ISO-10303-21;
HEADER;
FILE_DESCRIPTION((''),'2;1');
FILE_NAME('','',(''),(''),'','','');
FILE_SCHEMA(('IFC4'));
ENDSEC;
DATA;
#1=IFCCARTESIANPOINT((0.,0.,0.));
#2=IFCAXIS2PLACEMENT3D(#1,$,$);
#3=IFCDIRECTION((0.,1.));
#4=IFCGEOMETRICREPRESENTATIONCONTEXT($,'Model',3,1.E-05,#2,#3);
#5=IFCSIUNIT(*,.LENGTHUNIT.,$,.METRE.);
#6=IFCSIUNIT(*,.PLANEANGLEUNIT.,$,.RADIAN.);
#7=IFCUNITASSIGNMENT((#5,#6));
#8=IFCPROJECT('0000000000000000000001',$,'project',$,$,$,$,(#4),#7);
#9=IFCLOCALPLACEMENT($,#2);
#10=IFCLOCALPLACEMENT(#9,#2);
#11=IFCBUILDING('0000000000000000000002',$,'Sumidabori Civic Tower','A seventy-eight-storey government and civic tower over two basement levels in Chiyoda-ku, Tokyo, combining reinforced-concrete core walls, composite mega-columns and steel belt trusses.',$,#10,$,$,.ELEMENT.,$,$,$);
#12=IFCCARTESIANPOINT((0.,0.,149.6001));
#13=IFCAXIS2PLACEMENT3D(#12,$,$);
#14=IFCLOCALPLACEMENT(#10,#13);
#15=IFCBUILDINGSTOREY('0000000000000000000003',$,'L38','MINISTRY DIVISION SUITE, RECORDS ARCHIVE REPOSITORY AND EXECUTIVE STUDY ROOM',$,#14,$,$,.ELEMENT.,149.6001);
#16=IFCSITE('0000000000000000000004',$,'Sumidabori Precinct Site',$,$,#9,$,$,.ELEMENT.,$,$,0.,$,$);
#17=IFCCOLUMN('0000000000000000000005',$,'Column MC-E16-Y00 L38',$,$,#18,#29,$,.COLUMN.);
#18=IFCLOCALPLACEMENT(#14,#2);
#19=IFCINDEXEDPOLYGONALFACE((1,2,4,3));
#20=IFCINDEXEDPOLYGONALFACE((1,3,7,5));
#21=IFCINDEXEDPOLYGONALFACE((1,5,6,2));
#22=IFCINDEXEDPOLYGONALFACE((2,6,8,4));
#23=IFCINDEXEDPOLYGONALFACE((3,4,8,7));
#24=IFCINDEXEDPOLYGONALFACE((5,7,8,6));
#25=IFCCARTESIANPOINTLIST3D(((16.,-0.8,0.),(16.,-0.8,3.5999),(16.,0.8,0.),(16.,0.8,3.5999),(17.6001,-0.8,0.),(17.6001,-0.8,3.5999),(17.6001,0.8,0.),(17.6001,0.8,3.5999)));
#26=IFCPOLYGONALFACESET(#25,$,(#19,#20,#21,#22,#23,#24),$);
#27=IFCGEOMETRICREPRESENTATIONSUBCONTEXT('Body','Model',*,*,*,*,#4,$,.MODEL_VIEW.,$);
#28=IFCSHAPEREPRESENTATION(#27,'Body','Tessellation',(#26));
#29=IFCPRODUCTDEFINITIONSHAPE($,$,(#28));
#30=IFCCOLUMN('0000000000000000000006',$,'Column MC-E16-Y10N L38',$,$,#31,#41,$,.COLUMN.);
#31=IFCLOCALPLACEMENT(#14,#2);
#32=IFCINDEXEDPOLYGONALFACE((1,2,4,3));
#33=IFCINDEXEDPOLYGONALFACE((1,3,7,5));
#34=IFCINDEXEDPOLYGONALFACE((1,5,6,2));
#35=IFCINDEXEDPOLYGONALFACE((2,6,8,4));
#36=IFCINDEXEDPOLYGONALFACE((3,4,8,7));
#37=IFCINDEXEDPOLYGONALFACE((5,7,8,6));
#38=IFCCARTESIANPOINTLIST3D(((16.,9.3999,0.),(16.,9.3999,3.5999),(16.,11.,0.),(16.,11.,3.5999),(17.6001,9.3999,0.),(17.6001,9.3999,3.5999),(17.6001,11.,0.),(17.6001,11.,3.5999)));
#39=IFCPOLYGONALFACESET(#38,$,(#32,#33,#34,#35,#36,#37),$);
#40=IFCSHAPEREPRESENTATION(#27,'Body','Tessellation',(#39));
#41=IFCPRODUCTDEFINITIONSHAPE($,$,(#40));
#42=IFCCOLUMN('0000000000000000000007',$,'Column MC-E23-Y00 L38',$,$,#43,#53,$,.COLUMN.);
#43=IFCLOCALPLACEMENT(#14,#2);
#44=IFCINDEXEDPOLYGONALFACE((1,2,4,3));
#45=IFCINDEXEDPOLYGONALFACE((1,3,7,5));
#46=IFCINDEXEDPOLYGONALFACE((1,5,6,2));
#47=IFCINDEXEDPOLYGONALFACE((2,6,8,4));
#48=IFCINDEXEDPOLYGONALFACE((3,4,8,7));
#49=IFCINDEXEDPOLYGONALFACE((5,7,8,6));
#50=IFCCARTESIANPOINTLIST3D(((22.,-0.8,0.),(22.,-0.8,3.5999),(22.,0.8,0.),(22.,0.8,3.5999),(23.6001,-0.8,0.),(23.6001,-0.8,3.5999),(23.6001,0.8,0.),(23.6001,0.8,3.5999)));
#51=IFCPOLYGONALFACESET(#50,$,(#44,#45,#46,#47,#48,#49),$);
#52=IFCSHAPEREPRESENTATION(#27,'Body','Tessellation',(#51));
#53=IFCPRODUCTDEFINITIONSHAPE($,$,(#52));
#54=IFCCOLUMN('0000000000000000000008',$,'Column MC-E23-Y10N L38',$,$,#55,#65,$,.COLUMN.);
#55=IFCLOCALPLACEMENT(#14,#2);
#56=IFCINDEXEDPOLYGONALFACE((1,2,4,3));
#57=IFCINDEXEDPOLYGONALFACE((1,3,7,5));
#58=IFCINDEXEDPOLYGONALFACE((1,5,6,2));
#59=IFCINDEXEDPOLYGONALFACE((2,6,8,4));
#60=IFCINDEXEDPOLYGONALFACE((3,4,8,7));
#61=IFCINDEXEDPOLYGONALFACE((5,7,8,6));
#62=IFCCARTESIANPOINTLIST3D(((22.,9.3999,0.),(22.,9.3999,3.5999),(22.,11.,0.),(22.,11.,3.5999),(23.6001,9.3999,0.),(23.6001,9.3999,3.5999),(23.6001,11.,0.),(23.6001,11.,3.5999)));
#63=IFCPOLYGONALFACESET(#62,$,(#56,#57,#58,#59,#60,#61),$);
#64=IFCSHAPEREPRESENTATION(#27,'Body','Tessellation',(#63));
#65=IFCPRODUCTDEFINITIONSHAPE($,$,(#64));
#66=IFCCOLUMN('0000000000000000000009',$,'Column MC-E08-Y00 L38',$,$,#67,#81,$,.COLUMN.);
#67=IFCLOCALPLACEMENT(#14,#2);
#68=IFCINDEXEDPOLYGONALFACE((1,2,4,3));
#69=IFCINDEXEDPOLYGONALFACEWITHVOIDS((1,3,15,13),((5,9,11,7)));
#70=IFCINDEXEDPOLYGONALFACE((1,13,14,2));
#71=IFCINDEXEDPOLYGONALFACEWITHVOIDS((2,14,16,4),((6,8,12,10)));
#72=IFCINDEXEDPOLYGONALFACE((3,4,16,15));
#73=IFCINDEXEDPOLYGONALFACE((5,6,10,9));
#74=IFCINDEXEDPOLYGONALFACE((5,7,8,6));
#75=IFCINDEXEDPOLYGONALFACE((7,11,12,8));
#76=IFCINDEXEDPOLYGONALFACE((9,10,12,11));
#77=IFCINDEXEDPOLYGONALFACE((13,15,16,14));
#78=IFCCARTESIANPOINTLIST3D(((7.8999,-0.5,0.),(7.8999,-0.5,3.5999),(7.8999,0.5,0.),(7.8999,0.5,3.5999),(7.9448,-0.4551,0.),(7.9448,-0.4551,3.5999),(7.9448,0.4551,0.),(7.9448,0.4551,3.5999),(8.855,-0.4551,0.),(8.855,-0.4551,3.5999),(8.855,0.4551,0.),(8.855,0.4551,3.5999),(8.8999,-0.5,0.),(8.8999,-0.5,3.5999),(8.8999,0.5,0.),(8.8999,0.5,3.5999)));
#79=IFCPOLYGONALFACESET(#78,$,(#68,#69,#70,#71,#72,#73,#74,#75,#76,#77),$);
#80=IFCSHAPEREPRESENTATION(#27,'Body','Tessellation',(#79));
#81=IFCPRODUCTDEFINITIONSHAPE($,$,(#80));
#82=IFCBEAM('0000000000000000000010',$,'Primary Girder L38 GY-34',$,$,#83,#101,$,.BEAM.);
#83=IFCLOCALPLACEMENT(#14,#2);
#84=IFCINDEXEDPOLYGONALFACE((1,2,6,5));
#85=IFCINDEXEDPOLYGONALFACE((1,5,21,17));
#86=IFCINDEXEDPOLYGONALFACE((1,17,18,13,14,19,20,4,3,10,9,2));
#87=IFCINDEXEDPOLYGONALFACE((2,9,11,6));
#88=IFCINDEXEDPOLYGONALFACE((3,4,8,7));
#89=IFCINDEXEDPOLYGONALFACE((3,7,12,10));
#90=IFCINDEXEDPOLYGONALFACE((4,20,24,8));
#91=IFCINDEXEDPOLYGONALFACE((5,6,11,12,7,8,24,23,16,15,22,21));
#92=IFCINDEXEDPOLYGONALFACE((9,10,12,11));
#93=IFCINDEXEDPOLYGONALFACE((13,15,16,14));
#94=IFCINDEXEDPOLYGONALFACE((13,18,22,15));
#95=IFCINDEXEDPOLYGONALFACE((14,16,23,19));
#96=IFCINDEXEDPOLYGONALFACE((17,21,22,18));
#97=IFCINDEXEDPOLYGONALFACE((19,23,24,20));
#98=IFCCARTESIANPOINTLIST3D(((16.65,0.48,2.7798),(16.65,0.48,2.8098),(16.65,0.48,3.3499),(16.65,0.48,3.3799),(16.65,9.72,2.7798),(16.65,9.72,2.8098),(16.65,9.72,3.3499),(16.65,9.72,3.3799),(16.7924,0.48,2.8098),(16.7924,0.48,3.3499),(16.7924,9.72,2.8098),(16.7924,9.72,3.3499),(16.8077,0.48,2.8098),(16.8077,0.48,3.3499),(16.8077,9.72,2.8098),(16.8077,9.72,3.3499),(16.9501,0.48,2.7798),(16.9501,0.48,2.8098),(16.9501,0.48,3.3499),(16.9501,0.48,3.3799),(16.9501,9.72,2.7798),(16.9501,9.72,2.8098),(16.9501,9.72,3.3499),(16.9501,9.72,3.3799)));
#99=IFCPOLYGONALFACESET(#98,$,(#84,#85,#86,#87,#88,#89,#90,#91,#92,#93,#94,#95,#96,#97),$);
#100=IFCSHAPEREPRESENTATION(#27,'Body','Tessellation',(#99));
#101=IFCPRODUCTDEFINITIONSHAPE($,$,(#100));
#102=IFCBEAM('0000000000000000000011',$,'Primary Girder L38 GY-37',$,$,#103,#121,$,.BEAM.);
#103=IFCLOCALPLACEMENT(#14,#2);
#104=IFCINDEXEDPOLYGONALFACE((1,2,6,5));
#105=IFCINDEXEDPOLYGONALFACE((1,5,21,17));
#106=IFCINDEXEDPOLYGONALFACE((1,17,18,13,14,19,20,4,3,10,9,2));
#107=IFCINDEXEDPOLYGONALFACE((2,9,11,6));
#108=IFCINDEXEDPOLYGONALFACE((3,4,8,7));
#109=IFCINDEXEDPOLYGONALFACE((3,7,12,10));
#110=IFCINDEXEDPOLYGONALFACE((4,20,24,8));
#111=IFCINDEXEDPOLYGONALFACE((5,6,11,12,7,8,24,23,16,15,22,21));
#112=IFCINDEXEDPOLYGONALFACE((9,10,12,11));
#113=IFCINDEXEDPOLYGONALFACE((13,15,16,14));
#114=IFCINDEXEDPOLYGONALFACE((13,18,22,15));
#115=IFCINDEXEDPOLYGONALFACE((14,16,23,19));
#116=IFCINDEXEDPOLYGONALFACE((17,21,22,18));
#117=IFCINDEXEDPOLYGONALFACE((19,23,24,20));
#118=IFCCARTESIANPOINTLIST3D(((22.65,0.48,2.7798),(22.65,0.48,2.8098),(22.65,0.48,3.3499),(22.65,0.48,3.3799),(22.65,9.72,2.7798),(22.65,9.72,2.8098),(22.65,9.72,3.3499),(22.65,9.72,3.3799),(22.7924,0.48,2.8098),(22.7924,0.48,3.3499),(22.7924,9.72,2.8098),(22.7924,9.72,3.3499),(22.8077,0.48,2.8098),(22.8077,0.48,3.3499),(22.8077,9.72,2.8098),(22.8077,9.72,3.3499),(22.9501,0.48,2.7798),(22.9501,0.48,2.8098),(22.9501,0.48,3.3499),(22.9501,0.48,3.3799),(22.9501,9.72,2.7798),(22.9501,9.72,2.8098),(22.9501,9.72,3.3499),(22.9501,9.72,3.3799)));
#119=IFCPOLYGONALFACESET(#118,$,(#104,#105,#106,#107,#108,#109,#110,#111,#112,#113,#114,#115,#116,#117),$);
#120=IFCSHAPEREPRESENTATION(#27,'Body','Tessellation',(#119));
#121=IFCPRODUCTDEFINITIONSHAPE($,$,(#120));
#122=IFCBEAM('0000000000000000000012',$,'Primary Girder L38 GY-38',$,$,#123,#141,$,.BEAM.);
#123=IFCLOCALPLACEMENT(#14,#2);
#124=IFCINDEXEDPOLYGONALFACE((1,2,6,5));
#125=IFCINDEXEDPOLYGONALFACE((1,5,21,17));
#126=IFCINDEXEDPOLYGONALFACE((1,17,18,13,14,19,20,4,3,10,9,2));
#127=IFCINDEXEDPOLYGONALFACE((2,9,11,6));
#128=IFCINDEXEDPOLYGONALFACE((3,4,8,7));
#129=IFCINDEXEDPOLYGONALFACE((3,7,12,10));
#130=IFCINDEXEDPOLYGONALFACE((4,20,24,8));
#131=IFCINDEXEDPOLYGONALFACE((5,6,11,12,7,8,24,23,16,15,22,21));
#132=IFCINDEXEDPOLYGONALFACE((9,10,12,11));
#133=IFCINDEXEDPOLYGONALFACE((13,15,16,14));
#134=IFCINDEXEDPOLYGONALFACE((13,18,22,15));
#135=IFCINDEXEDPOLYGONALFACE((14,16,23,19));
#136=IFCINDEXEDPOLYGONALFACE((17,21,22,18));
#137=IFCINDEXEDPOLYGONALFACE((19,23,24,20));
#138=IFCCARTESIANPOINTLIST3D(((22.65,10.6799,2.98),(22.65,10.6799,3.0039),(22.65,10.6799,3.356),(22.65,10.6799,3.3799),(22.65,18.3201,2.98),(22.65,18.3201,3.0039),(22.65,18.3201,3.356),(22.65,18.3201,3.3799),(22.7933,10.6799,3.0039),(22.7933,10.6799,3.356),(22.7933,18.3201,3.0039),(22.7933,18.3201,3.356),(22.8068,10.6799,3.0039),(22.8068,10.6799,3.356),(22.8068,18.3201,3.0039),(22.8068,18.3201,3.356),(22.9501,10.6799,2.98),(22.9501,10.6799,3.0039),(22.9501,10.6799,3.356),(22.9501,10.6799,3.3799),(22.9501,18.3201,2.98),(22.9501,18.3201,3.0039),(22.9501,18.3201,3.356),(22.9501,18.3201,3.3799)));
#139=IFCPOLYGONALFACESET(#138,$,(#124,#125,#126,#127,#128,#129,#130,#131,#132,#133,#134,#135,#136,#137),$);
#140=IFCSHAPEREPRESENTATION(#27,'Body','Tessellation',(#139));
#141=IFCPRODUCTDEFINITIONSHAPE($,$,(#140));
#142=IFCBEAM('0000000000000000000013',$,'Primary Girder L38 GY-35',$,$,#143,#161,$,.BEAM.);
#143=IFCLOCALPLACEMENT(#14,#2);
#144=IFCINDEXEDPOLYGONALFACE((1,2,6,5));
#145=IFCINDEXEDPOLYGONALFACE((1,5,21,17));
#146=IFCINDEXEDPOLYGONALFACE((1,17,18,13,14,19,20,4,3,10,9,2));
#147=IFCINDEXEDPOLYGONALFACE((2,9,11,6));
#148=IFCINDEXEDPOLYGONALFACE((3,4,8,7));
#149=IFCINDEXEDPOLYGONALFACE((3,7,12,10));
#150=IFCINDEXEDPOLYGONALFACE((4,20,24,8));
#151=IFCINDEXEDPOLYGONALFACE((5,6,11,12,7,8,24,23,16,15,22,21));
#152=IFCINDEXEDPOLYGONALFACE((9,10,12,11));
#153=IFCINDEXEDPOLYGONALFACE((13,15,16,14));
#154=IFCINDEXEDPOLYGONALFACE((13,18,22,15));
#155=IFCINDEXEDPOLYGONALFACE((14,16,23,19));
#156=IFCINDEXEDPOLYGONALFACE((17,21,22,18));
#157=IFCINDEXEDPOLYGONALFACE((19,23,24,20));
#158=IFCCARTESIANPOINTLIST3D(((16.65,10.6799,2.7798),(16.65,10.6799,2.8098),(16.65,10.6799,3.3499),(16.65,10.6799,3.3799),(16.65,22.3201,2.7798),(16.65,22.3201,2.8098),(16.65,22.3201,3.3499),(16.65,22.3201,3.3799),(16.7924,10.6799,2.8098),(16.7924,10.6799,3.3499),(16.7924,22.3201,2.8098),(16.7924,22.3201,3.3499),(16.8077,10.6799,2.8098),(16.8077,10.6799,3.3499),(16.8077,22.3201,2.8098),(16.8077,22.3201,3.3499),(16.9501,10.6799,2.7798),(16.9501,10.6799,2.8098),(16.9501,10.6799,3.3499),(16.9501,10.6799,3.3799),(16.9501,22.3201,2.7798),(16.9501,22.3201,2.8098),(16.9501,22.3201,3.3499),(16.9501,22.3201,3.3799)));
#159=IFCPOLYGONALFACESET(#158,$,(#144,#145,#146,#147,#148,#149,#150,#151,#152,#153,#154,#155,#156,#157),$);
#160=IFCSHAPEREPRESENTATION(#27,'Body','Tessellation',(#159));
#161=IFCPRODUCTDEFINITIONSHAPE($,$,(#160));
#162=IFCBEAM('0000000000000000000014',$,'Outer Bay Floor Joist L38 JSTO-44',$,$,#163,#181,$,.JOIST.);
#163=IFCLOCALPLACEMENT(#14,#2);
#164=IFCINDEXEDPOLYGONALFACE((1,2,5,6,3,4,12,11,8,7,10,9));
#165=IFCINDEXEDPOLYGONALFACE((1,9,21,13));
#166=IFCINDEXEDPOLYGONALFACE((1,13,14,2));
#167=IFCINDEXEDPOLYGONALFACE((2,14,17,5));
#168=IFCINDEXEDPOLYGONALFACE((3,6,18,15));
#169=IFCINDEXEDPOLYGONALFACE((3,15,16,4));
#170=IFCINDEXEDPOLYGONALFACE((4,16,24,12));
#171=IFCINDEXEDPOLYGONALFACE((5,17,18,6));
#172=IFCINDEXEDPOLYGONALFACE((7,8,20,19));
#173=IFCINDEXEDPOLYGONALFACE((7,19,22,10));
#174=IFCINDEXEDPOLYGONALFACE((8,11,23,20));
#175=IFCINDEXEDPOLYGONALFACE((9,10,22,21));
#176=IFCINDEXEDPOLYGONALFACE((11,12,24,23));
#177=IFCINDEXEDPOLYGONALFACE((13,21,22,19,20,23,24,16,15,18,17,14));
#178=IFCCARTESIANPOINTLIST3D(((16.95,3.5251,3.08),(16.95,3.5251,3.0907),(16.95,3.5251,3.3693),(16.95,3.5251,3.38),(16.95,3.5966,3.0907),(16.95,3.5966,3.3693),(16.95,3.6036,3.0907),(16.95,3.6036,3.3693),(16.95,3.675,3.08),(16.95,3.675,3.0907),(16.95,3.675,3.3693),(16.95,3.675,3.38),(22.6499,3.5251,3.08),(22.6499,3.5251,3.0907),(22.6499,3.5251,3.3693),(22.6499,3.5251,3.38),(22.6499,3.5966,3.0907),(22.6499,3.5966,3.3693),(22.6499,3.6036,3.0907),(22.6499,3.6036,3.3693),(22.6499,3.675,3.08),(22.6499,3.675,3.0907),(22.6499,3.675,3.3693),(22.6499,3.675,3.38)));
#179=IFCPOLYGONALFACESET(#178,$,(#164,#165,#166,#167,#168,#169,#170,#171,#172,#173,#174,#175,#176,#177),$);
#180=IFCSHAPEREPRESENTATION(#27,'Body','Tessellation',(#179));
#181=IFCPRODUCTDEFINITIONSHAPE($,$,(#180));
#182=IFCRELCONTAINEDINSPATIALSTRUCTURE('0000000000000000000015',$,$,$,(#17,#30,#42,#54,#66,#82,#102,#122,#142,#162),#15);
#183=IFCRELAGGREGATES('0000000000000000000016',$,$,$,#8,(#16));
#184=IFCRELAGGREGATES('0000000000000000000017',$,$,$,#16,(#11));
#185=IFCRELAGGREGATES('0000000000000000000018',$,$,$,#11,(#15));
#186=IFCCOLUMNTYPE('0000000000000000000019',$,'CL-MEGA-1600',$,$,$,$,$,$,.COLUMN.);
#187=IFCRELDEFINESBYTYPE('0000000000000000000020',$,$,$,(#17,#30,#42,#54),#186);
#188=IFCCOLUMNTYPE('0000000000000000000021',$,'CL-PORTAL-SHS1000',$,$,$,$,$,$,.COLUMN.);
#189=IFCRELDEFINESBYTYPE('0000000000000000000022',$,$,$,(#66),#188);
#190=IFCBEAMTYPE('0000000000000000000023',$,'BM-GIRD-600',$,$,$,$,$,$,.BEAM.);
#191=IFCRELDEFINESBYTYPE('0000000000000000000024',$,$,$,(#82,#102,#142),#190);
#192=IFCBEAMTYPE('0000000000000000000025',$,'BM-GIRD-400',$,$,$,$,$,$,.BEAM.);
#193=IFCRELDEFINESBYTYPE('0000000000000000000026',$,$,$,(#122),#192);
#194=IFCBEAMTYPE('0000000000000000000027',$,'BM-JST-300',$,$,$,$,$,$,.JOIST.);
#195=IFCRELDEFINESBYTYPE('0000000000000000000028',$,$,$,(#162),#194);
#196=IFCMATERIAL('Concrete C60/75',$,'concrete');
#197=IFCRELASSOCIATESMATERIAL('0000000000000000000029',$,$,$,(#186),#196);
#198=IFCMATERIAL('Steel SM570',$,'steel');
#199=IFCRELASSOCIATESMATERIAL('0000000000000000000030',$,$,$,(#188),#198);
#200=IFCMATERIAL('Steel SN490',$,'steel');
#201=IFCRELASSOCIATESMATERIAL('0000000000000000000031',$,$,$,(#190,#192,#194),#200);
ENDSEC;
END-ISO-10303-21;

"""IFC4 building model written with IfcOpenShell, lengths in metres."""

from ifc_helpers import new_model, si_unit, direction, frame, origin, origin_2d, place, context, subcontext, project, spatial, rectangle, hollow_rectangle, i_section, extrude, source, transform, mapped, material, material_profile, profile_set, type_object, element, save


model = new_model("IFC4")

# Units and contexts
model_context = context("Model", 3, precision=1e-05, world=origin(), true_north=direction((0.0, 1.0)))
body_context = subcontext(model_context, "Body", "Model", "MODEL_VIEW")
ifc_project = project(units=[si_unit("LENGTHUNIT", "METRE"), si_unit("PLANEANGLEUNIT", "RADIAN")], contexts=[model_context])

# Site, building, storey
site_placement = place(None, origin())
site = spatial("IfcSite", under=ifc_project, at=site_placement, Name="Sumidabori Precinct Site", CompositionType="ELEMENT", RefElevation=0.0)
building_placement = place(site_placement, origin())
building = spatial("IfcBuilding", under=site, at=building_placement, Name="Sumidabori Civic Tower", Description="A seventy-eight-storey government and civic tower over two basement levels in Chiyoda-ku, Tokyo, combining reinforced-concrete core walls, composite mega-columns and steel belt trusses.", CompositionType="ELEMENT")
storey_placement = place(building_placement, frame((0.0, 0.0, 149.6001)))
storey = spatial("IfcBuildingStorey", under=building, at=storey_placement, Name="L38", Description="MINISTRY DIVISION SUITE, RECORDS ARCHIVE REPOSITORY AND EXECUTIVE STUDY ROOM", CompositionType="ELEMENT", Elevation=149.6001)

# Columns
ifc_material_1 = material(Name="Concrete C60/75", Category="concrete")
ifc_material_profile_1 = material_profile(ifc_material_1, rectangle(XDim=1.6001, YDim=1.6001, at=origin_2d()), Name="RC 1600x1600")
ifc_profile_set_1 = profile_set([ifc_material_profile_1], Name="Concrete C60/75")
column_type_1 = type_object("IfcColumnType", Name="CL-MEGA-1600", PredefinedType="COLUMN", material=ifc_profile_set_1)
shared_shape_1 = source(origin(), body_context, "Body", "SweptSolid", [
    extrude(rectangle(XDim=1.6001, YDim=1.6001, at=origin_2d()), origin(), (0.0, 0.0, 1.0), 3.5999),
])
for number, where, z_axis, x_axis, name in (
    (1, (16.8, 0.0, 0.0), (0.0, 0.0, 1.0), (1.0, 0.0, 0.0), "Column MC-E16-Y00 L38"),
    (2, (16.8, 10.2, 0.0), (0.0, 0.0, 1.0), (1.0, 0.0, 0.0), "Column MC-E16-Y10N L38"),
    (3, (22.8, 0.0, 0.0), (0.0, 0.0, 1.0), (1.0, 0.0, 0.0), "Column MC-E23-Y00 L38"),
    (4, (22.8, 10.2, 0.0), (0.0, 0.0, 1.0), (1.0, 0.0, 0.0), "Column MC-E23-Y10N L38"),
):
    element("IfcColumn", number, at=place(storey_placement, frame(where, z_axis=z_axis, x_axis=x_axis)), inside=storey, type_object=column_type_1, Name=name, PredefinedType="COLUMN", context=body_context, shape_type="MappedRepresentation", body=[
        mapped(shared_shape_1, transform((0.0, 0.0, 0.0), x_axis=(1.0, 0.0, 0.0), y_axis=(0.0, 1.0, 0.0), z_axis=(0.0, 0.0, 1.0), scale=1.0)),
    ])
ifc_material_2 = material(Name="Steel SM570", Category="steel")
ifc_material_profile_2 = material_profile(ifc_material_2, hollow_rectangle(XDim=1.0, YDim=1.0, WallThickness=0.0449, at=origin_2d()), Name="SHS 1000x1000x45")
ifc_profile_set_2 = profile_set([ifc_material_profile_2], Name="Steel SM570")
column_type_2 = type_object("IfcColumnType", Name="CL-PORTAL-SHS1000", PredefinedType="COLUMN", material=ifc_profile_set_2)
shared_shape_2 = source(origin(), body_context, "Body", "SweptSolid", [
    extrude(hollow_rectangle(XDim=1.0, YDim=1.0, WallThickness=0.0449, at=origin_2d()), origin(), (0.0, 0.0, 1.0), 3.5999),
])
column_placement = place(storey_placement, frame((8.3999, 0.0, 0.0), z_axis=(0.0, 0.0, 1.0), x_axis=(1.0, 0.0, 0.0)))
element("IfcColumn", 5, at=column_placement, inside=storey, type_object=column_type_2, Name="Column MC-E08-Y00 L38", PredefinedType="COLUMN", context=body_context, shape_type="MappedRepresentation", body=[
    mapped(shared_shape_2, transform((0.0, 0.0, 0.0), x_axis=(1.0, 0.0, 0.0), y_axis=(0.0, 1.0, 0.0), z_axis=(0.0, 0.0, 1.0), scale=1.0)),
])

# Beams
ifc_material_3 = material(Name="Steel SN490", Category="steel")
ifc_material_profile_3 = material_profile(ifc_material_3, i_section(OverallWidth=0.3, OverallDepth=0.6001, WebThickness=0.0154, FlangeThickness=0.03, at=origin_2d()), Name="HE 600 B")
ifc_profile_set_3 = profile_set([ifc_material_profile_3], Name="Steel SN490")
beam_type_1 = type_object("IfcBeamType", Name="BM-GIRD-600", PredefinedType="BEAM", material=ifc_profile_set_3)
shared_shape_3 = source(origin(), body_context, "Body", "SweptSolid", [
    extrude(i_section(OverallWidth=0.3, OverallDepth=0.6001, WebThickness=0.0154, FlangeThickness=0.03, at=origin_2d()), origin(), (0.0, 0.0, 1.0), 9.24),
])
for number, where, z_axis, x_axis, name in (
    (6, (16.8, 0.48, 3.0798), (0.0, 1.0, 0.0), (-1.0, 0.0, 0.0), "Primary Girder L38 GY-34"),
    (7, (22.8, 0.48, 3.0798), (0.0, 1.0, 0.0), (-1.0, 0.0, 0.0), "Primary Girder L38 GY-37"),
):
    element("IfcBeam", number, at=place(storey_placement, frame(where, z_axis=z_axis, x_axis=x_axis)), inside=storey, type_object=beam_type_1, Name=name, PredefinedType="BEAM", context=body_context, shape_type="MappedRepresentation", body=[
        mapped(shared_shape_3, transform((0.0, 0.0, 0.0), x_axis=(1.0, 0.0, 0.0), y_axis=(0.0, 1.0, 0.0), z_axis=(0.0, 0.0, 1.0), scale=1.0)),
    ])
ifc_material_profile_4 = material_profile(ifc_material_3, i_section(OverallWidth=0.3, OverallDepth=0.3999, WebThickness=0.0134, FlangeThickness=0.0239, at=origin_2d()), Name="HE 400 B")
ifc_profile_set_4 = profile_set([ifc_material_profile_4], Name="Steel SN490")
beam_type_2 = type_object("IfcBeamType", Name="BM-GIRD-400", PredefinedType="BEAM", material=ifc_profile_set_4)
shared_shape_4 = source(origin(), body_context, "Body", "SweptSolid", [
    extrude(i_section(OverallWidth=0.3, OverallDepth=0.3999, WebThickness=0.0134, FlangeThickness=0.0239, at=origin_2d()), origin(), (0.0, 0.0, 1.0), 7.6401),
])
beam_1_placement = place(storey_placement, frame((22.8, 10.6799, 3.1799), z_axis=(0.0, 1.0, 0.0), x_axis=(-1.0, 0.0, 0.0)))
element("IfcBeam", 8, at=beam_1_placement, inside=storey, type_object=beam_type_2, Name="Primary Girder L38 GY-38", PredefinedType="BEAM", context=body_context, shape_type="MappedRepresentation", body=[
    mapped(shared_shape_4, transform((0.0, 0.0, 0.0), x_axis=(1.0, 0.0, 0.0), y_axis=(0.0, 1.0, 0.0), z_axis=(0.0, 0.0, 1.0), scale=1.0)),
])
shared_shape_5 = source(origin(), body_context, "Body", "SweptSolid", [
    extrude(i_section(OverallWidth=0.3, OverallDepth=0.6001, WebThickness=0.0154, FlangeThickness=0.03, at=origin_2d()), origin(), (0.0, 0.0, 1.0), 11.6401),
])
beam_2_placement = place(storey_placement, frame((16.8, 10.6799, 3.0798), z_axis=(0.0, 1.0, 0.0), x_axis=(-1.0, 0.0, 0.0)))
element("IfcBeam", 9, at=beam_2_placement, inside=storey, type_object=beam_type_1, Name="Primary Girder L38 GY-35", PredefinedType="BEAM", context=body_context, shape_type="MappedRepresentation", body=[
    mapped(shared_shape_5, transform((0.0, 0.0, 0.0), x_axis=(1.0, 0.0, 0.0), y_axis=(0.0, 1.0, 0.0), z_axis=(0.0, 0.0, 1.0), scale=1.0)),
])
ifc_material_profile_5 = material_profile(ifc_material_3, i_section(OverallWidth=0.1499, OverallDepth=0.3, WebThickness=0.0071, FlangeThickness=0.0107, at=origin_2d()), Name="IPE 300")
ifc_profile_set_5 = profile_set([ifc_material_profile_5], Name="Steel SN490")
beam_type_3 = type_object("IfcBeamType", Name="BM-JST-300", PredefinedType="JOIST", material=ifc_profile_set_5)
shared_shape_6 = source(origin(), body_context, "Body", "SweptSolid", [
    extrude(i_section(OverallWidth=0.1499, OverallDepth=0.3, WebThickness=0.0071, FlangeThickness=0.0107, at=origin_2d()), origin(), (0.0, 0.0, 1.0), 5.7),
])
for number, where, z_axis, x_axis, name in (
    (10, (16.95, 3.6001, 3.23), (1.0, 0.0, 0.0), (0.0, 1.0, 0.0), "Outer Bay Floor Joist L38 JSTO-44"),
):
    element("IfcBeam", number, at=place(storey_placement, frame(where, z_axis=z_axis, x_axis=x_axis)), inside=storey, type_object=beam_type_3, Name=name, PredefinedType="JOIST", context=body_context, shape_type="MappedRepresentation", body=[
        mapped(shared_shape_6, transform((0.0, 0.0, 0.0), x_axis=(1.0, 0.0, 0.0), y_axis=(0.0, 1.0, 0.0), z_axis=(0.0, 0.0, 1.0), scale=1.0)),
    ])

save(model, "model.ifc")
